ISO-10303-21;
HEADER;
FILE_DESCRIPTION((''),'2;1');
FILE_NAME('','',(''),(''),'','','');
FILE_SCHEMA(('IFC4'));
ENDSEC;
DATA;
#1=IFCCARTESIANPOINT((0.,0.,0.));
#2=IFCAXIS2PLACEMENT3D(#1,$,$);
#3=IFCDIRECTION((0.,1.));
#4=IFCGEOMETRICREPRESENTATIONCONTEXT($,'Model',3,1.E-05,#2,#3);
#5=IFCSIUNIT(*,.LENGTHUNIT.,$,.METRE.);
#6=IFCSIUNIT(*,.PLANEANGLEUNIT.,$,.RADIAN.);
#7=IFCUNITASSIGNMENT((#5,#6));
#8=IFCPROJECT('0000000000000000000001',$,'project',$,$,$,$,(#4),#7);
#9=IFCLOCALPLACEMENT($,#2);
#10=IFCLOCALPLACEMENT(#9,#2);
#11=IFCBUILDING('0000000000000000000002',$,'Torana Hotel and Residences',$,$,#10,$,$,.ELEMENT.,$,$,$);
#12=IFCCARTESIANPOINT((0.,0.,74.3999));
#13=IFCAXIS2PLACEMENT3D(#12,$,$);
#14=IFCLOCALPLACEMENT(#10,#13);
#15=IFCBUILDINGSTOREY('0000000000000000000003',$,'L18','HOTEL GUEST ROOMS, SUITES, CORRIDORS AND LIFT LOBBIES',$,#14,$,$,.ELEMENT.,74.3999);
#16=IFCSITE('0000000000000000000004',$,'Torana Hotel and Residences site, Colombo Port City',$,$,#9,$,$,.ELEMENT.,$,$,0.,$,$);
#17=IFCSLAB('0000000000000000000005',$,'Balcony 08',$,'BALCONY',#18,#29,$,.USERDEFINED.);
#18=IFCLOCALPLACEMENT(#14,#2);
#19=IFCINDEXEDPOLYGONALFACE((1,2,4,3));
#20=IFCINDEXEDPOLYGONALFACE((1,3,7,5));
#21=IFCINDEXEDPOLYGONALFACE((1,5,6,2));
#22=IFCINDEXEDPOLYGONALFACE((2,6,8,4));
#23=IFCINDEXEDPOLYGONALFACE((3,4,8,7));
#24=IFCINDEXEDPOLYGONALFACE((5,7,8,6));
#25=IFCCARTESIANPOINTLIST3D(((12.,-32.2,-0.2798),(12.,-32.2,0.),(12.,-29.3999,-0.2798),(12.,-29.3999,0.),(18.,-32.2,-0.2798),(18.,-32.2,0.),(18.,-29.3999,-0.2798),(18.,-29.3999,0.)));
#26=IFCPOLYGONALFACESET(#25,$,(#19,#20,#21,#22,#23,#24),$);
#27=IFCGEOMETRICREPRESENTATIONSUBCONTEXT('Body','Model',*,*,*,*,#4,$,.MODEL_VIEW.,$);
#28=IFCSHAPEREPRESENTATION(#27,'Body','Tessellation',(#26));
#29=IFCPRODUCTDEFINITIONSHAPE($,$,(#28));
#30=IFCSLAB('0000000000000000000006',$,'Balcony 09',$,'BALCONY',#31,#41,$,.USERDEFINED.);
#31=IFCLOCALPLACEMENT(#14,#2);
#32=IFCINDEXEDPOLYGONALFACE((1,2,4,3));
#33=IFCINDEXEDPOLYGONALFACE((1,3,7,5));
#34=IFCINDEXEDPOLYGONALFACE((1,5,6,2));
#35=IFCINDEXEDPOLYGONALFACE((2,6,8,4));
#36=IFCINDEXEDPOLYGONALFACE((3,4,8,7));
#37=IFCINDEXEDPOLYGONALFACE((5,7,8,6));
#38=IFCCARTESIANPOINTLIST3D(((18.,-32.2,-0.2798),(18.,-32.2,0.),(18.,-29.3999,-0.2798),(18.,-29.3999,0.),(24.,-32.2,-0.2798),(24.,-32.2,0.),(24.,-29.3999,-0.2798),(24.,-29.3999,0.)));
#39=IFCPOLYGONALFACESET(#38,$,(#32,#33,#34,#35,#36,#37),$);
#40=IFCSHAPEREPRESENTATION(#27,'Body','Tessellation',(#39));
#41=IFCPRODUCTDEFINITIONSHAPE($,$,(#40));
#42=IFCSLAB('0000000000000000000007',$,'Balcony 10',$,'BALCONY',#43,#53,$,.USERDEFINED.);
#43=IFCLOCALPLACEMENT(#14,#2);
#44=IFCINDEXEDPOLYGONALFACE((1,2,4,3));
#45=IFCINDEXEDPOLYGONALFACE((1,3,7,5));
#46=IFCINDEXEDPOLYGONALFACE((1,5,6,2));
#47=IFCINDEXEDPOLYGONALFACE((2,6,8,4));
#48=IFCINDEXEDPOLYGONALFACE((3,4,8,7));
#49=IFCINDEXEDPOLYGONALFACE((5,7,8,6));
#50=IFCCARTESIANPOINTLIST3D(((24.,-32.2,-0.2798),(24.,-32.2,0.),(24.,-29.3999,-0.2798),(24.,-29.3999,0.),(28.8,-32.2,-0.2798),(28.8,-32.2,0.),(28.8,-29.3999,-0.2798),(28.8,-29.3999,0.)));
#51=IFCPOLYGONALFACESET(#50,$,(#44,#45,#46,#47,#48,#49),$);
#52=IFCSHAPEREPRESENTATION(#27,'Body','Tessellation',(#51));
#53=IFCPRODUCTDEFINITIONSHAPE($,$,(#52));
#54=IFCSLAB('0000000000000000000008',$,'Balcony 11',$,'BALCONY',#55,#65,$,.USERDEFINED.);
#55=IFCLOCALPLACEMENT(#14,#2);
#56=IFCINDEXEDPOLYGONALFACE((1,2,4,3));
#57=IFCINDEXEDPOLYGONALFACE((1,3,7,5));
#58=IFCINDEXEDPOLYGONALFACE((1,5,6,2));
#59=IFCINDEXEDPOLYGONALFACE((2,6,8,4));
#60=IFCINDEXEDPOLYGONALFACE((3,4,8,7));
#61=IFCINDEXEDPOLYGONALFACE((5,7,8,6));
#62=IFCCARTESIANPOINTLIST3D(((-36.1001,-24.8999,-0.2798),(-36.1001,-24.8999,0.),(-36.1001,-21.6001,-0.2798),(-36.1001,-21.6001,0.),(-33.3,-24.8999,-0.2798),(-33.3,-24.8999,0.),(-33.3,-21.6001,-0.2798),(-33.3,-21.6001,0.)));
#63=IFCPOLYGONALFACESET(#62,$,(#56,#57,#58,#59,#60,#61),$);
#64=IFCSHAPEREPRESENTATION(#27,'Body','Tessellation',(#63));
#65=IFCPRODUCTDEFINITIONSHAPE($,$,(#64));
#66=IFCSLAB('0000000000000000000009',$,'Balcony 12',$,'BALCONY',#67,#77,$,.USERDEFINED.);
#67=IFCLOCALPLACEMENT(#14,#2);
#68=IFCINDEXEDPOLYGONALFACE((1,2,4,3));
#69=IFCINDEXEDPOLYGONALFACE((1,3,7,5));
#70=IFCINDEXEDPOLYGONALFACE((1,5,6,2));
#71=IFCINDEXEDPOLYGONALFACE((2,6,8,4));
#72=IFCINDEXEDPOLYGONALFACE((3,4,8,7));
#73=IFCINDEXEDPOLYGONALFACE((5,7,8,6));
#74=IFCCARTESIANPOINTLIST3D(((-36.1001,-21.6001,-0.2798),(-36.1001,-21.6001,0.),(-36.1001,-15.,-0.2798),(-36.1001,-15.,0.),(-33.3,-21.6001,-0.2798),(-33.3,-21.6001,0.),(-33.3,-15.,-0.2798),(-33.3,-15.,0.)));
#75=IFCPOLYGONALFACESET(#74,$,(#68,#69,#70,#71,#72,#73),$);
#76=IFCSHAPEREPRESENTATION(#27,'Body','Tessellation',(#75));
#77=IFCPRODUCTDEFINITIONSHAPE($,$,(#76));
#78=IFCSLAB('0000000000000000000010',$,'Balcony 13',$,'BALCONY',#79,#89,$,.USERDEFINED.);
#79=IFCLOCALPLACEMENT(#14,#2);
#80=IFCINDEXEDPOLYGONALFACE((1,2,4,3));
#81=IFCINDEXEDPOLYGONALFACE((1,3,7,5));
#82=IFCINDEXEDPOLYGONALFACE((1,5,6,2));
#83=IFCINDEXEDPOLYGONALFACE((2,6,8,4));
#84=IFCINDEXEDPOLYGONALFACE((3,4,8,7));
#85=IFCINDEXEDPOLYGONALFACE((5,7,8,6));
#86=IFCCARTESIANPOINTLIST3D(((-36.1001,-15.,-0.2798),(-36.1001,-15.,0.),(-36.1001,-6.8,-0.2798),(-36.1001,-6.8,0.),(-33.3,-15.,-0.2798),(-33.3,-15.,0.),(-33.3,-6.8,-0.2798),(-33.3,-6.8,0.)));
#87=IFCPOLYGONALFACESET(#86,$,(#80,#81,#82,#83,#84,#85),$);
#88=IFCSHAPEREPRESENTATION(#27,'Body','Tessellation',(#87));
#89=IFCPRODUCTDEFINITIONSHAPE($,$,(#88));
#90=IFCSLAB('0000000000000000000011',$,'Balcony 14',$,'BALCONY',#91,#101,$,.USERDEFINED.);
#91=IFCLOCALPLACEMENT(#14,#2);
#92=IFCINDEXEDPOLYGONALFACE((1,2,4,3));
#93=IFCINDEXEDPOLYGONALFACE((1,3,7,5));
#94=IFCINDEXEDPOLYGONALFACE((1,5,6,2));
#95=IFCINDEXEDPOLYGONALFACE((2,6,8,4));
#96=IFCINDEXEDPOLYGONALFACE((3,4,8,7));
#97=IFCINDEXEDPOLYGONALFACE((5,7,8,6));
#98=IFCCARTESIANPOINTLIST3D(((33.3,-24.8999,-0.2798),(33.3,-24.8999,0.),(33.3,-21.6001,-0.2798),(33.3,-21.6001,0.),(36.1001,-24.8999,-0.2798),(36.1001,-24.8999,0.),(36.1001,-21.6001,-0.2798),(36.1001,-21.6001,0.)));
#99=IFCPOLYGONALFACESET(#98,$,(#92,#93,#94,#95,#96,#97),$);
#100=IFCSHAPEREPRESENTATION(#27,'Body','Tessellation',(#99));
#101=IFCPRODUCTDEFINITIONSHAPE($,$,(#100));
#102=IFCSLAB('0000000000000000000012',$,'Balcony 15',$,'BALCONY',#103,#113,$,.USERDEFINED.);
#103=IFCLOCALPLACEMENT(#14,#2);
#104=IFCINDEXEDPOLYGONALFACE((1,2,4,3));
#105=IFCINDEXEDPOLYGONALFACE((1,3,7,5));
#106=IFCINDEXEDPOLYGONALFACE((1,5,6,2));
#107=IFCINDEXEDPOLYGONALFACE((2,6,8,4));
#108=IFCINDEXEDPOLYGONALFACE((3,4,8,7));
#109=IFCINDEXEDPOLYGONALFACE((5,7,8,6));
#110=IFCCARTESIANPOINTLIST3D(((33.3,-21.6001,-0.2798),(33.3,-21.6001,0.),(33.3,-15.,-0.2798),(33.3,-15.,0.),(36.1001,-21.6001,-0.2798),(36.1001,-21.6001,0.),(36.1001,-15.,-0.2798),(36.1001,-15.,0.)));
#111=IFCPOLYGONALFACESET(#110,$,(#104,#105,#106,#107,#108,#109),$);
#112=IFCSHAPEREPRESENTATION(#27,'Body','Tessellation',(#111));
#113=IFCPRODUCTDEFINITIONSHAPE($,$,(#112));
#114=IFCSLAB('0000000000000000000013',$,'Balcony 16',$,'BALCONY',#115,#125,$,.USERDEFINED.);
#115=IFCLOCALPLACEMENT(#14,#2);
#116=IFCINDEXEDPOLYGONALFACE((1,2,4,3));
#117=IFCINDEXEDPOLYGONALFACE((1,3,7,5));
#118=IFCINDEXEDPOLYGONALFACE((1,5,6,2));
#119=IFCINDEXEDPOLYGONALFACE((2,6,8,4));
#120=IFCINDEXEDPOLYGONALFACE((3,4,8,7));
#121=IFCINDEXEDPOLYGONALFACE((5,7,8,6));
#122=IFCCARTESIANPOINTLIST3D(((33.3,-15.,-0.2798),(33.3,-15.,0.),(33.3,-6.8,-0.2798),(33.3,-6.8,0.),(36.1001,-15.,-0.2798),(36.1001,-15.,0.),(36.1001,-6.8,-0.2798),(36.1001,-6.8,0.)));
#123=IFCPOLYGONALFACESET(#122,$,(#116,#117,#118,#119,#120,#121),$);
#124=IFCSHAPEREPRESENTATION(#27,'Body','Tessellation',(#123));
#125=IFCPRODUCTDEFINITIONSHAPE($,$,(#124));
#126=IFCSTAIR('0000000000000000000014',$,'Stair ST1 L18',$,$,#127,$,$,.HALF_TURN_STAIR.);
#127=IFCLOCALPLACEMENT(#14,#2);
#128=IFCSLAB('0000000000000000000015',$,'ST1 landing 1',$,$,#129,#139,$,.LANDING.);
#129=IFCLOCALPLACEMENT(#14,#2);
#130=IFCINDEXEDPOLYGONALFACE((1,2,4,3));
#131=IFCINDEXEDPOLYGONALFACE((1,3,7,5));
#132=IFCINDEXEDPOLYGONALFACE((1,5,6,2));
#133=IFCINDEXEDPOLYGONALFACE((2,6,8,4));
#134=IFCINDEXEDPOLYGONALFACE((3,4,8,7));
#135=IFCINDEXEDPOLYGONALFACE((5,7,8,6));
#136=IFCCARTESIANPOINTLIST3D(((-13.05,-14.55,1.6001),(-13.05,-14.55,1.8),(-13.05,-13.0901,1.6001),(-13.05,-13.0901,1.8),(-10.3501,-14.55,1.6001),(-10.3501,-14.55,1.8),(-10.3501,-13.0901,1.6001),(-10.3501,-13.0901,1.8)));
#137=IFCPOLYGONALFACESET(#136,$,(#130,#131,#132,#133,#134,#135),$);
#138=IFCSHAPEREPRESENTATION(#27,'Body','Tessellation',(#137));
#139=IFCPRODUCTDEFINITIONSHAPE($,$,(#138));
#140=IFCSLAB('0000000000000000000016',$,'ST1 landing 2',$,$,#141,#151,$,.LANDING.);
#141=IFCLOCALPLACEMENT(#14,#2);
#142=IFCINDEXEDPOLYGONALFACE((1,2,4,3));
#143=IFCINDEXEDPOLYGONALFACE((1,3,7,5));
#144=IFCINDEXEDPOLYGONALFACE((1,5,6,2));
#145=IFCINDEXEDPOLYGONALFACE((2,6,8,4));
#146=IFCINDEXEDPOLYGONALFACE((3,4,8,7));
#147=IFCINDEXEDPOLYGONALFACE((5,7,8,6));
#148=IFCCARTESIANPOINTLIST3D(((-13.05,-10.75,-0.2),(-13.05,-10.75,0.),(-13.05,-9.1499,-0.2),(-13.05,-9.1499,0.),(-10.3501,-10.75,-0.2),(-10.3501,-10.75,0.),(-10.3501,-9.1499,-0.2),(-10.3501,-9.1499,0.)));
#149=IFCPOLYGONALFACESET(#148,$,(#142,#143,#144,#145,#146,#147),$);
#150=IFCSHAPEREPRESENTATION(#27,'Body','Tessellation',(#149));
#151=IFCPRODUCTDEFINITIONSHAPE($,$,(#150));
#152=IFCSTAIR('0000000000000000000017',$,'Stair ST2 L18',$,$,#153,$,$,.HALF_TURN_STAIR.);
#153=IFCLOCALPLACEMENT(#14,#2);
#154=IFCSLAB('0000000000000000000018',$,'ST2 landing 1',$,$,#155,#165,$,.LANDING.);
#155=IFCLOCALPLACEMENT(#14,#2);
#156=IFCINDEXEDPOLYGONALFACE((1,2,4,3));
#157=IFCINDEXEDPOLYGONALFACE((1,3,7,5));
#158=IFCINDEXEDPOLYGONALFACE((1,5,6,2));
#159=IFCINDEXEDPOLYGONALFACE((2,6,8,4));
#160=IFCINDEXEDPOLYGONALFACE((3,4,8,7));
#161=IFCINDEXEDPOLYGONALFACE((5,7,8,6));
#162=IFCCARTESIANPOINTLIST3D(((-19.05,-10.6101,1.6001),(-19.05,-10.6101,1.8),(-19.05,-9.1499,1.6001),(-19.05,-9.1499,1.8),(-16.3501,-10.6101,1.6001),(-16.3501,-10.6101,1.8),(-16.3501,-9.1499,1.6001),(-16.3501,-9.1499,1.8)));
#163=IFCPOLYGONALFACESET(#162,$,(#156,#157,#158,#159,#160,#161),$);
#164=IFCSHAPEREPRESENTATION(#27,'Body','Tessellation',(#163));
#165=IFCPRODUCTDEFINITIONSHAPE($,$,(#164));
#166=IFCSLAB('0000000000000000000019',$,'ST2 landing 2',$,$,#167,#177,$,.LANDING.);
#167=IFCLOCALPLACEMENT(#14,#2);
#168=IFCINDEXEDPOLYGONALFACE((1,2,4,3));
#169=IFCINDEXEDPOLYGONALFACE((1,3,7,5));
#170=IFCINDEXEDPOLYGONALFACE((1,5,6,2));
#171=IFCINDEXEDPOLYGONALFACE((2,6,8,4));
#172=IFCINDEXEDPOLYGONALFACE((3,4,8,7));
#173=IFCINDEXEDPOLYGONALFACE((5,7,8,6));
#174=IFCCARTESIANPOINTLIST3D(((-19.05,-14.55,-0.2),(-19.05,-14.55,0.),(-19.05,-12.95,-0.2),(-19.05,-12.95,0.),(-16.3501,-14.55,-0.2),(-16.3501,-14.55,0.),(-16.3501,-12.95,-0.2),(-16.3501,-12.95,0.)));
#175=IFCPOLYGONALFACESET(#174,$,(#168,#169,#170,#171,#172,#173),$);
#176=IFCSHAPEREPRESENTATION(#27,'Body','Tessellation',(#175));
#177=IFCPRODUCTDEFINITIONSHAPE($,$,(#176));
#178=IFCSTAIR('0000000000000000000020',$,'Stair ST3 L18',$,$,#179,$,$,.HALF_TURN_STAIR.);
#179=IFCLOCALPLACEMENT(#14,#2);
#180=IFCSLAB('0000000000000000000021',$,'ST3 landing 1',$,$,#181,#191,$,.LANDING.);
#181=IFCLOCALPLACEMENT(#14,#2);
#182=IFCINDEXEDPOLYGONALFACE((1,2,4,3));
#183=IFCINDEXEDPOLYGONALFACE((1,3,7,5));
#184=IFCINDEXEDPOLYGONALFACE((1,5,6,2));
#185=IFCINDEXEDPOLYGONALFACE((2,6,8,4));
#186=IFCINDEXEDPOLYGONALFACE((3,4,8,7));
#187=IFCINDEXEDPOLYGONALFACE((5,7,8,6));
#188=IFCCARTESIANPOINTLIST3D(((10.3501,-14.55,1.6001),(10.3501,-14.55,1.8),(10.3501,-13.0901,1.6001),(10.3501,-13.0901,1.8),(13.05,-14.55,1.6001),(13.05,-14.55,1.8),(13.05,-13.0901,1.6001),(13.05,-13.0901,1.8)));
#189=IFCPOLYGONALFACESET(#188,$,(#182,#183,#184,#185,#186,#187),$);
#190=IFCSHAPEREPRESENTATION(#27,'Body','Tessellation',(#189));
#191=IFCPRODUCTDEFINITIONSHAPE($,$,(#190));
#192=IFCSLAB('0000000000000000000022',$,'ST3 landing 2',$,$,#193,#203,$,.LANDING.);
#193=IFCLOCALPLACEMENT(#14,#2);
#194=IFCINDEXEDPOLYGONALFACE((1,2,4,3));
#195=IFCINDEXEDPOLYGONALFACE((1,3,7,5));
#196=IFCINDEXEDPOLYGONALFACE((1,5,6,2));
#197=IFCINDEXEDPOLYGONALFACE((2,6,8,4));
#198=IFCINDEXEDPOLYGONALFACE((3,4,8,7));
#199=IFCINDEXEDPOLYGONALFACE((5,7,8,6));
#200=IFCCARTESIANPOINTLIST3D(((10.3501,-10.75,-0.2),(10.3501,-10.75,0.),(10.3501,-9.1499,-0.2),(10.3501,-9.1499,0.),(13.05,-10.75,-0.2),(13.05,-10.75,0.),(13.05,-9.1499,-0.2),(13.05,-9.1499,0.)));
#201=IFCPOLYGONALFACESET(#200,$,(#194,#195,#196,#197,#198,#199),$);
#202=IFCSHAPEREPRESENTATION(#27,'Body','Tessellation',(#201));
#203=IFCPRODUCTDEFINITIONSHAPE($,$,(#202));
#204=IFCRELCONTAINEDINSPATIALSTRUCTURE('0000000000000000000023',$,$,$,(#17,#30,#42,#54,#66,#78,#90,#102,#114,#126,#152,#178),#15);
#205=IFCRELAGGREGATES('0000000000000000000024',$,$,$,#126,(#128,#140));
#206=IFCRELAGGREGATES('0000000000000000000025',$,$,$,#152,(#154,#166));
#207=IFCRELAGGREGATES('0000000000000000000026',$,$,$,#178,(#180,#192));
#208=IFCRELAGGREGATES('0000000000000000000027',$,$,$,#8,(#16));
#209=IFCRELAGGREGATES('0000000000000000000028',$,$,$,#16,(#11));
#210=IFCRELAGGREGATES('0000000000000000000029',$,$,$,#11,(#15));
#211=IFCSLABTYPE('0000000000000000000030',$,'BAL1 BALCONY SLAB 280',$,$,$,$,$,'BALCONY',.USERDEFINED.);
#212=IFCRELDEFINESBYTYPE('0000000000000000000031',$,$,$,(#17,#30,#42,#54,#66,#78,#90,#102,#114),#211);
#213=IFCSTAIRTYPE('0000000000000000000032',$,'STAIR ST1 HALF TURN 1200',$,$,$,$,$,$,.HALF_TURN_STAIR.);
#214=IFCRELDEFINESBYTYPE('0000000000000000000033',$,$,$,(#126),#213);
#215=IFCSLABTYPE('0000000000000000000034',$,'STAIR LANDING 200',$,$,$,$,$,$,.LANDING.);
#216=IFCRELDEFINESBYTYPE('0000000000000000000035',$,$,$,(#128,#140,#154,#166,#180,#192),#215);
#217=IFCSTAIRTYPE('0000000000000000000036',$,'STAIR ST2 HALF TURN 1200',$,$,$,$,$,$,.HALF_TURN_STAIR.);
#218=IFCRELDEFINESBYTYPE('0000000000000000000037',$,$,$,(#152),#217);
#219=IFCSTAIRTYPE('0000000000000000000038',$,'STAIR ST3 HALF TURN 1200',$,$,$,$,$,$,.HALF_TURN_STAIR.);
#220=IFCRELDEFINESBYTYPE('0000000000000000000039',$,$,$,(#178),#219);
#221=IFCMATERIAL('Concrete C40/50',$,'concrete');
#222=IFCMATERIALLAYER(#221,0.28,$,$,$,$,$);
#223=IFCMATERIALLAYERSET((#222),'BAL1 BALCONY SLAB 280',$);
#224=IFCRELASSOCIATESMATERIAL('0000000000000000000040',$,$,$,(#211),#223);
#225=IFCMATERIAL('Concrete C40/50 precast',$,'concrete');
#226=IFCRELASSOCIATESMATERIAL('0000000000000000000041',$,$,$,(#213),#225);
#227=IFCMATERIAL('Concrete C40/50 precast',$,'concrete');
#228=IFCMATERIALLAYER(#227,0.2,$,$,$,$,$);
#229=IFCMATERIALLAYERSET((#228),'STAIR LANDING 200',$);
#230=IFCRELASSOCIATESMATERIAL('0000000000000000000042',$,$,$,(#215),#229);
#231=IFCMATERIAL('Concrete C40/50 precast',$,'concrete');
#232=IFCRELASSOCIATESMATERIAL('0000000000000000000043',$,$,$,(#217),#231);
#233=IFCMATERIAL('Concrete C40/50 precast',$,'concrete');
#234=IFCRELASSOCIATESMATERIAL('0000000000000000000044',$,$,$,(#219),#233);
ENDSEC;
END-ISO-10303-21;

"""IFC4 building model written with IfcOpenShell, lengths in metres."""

from ifc_helpers import new_model, si_unit, direction, frame, origin, place, context, subcontext, project, spatial, polyline, outline, extrude, material, layer, layer_set, type_object, element, aggregate, save


model = new_model("IFC4")

# Units and contexts
model_context = context("Model", 3, precision=1e-05, world=origin(), true_north=direction((0.0, 1.0)))
body_context = subcontext(model_context, "Body", "Model", "MODEL_VIEW")
ifc_project = project(units=[si_unit("LENGTHUNIT", "METRE"), si_unit("PLANEANGLEUNIT", "RADIAN")], contexts=[model_context])

# Site, building, storey
site_placement = place(None, origin())
site = spatial("IfcSite", under=ifc_project, at=site_placement, Name="Torana Hotel and Residences site, Colombo Port City", CompositionType="ELEMENT", RefElevation=0.0)
building_placement = place(site_placement, origin())
building = spatial("IfcBuilding", under=site, at=building_placement, Name="Torana Hotel and Residences", CompositionType="ELEMENT")
storey_placement = place(building_placement, frame((0.0, 0.0, 74.3999)))
storey = spatial("IfcBuildingStorey", under=building, at=storey_placement, Name="L18", Description="HOTEL GUEST ROOMS, SUITES, CORRIDORS AND LIFT LOBBIES", CompositionType="ELEMENT", Elevation=74.3999)

# Slabs
ifc_material_1 = material(Name="Concrete C40/50", Category="concrete")
ifc_layer_1 = layer(ifc_material_1, 0.28)
ifc_layer_set_1 = layer_set([ifc_layer_1], Name="BAL1 BALCONY SLAB 280")
slab_type_1 = type_object("IfcSlabType", Name="BAL1 BALCONY SLAB 280", ElementType="BALCONY", PredefinedType="USERDEFINED", material=ifc_layer_set_1)
slab_1_placement = place(storey_placement, frame((0.0, 0.0, -0.2798)))
element("IfcSlab", 1, at=slab_1_placement, inside=storey, type_object=slab_type_1, Name="Balcony 08", ObjectType="BALCONY", PredefinedType="USERDEFINED", context=body_context, shape_type="SweptSolid", body=[
    extrude(outline(polyline([(12.0, -32.2), (18.0, -32.2), (18.0, -29.3999), (12.0, -29.3999), (12.0, -32.2)])), origin(), (0.0, 0.0, 1.0), 0.2798),
])
slab_2_placement = place(storey_placement, frame((0.0, 0.0, -0.2798)))
element("IfcSlab", 2, at=slab_2_placement, inside=storey, type_object=slab_type_1, Name="Balcony 09", ObjectType="BALCONY", PredefinedType="USERDEFINED", context=body_context, shape_type="SweptSolid", body=[
    extrude(outline(polyline([(18.0, -32.2), (24.0, -32.2), (24.0, -29.3999), (18.0, -29.3999), (18.0, -32.2)])), origin(), (0.0, 0.0, 1.0), 0.2798),
])
slab_3_placement = place(storey_placement, frame((0.0, 0.0, -0.2798)))
element("IfcSlab", 3, at=slab_3_placement, inside=storey, type_object=slab_type_1, Name="Balcony 10", ObjectType="BALCONY", PredefinedType="USERDEFINED", context=body_context, shape_type="SweptSolid", body=[
    extrude(outline(polyline([(24.0, -32.2), (28.8, -32.2), (28.8, -29.3999), (24.0, -29.3999), (24.0, -32.2)])), origin(), (0.0, 0.0, 1.0), 0.2798),
])
slab_4_placement = place(storey_placement, frame((0.0, 0.0, -0.2798)))
element("IfcSlab", 4, at=slab_4_placement, inside=storey, type_object=slab_type_1, Name="Balcony 11", ObjectType="BALCONY", PredefinedType="USERDEFINED", context=body_context, shape_type="SweptSolid", body=[
    extrude(outline(polyline([(-36.1001, -24.8999), (-33.3, -24.8999), (-33.3, -21.6001), (-36.1001, -21.6001), (-36.1001, -24.8999)])), origin(), (0.0, 0.0, 1.0), 0.2798),
])
slab_5_placement = place(storey_placement, frame((0.0, 0.0, -0.2798)))
element("IfcSlab", 5, at=slab_5_placement, inside=storey, type_object=slab_type_1, Name="Balcony 12", ObjectType="BALCONY", PredefinedType="USERDEFINED", context=body_context, shape_type="SweptSolid", body=[
    extrude(outline(polyline([(-36.1001, -21.6001), (-33.3, -21.6001), (-33.3, -15.0), (-36.1001, -15.0), (-36.1001, -21.6001)])), origin(), (0.0, 0.0, 1.0), 0.2798),
])
slab_6_placement = place(storey_placement, frame((0.0, 0.0, -0.2798)))
element("IfcSlab", 6, at=slab_6_placement, inside=storey, type_object=slab_type_1, Name="Balcony 13", ObjectType="BALCONY", PredefinedType="USERDEFINED", context=body_context, shape_type="SweptSolid", body=[
    extrude(outline(polyline([(-36.1001, -15.0), (-33.3, -15.0), (-33.3, -6.8), (-36.1001, -6.8), (-36.1001, -15.0)])), origin(), (0.0, 0.0, 1.0), 0.2798),
])
slab_7_placement = place(storey_placement, frame((0.0, 0.0, -0.2798)))
element("IfcSlab", 7, at=slab_7_placement, inside=storey, type_object=slab_type_1, Name="Balcony 14", ObjectType="BALCONY", PredefinedType="USERDEFINED", context=body_context, shape_type="SweptSolid", body=[
    extrude(outline(polyline([(33.3, -24.8999), (36.1001, -24.8999), (36.1001, -21.6001), (33.3, -21.6001), (33.3, -24.8999)])), origin(), (0.0, 0.0, 1.0), 0.2798),
])
slab_8_placement = place(storey_placement, frame((0.0, 0.0, -0.2798)))
element("IfcSlab", 8, at=slab_8_placement, inside=storey, type_object=slab_type_1, Name="Balcony 15", ObjectType="BALCONY", PredefinedType="USERDEFINED", context=body_context, shape_type="SweptSolid", body=[
    extrude(outline(polyline([(33.3, -21.6001), (36.1001, -21.6001), (36.1001, -15.0), (33.3, -15.0), (33.3, -21.6001)])), origin(), (0.0, 0.0, 1.0), 0.2798),
])
slab_9_placement = place(storey_placement, frame((0.0, 0.0, -0.2798)))
element("IfcSlab", 9, at=slab_9_placement, inside=storey, type_object=slab_type_1, Name="Balcony 16", ObjectType="BALCONY", PredefinedType="USERDEFINED", context=body_context, shape_type="SweptSolid", body=[
    extrude(outline(polyline([(33.3, -15.0), (36.1001, -15.0), (36.1001, -6.8), (33.3, -6.8), (33.3, -15.0)])), origin(), (0.0, 0.0, 1.0), 0.2798),
])

# Stairs, slabs
ifc_material_2 = material(Name="Concrete C40/50 precast", Category="concrete")
stair_type_1 = type_object("IfcStairType", Name="STAIR ST1 HALF TURN 1200", PredefinedType="HALF_TURN_STAIR", material=ifc_material_2)
stair_1_placement = place(storey_placement, origin())
stair_1 = element("IfcStair", 10, at=stair_1_placement, inside=storey, type_object=stair_type_1, Name="Stair ST1 L18", PredefinedType="HALF_TURN_STAIR")
ifc_material_3 = material(Name="Concrete C40/50 precast", Category="concrete")
ifc_layer_2 = layer(ifc_material_3, 0.2)
ifc_layer_set_2 = layer_set([ifc_layer_2], Name="STAIR LANDING 200")
slab_type_2 = type_object("IfcSlabType", Name="STAIR LANDING 200", PredefinedType="LANDING", material=ifc_layer_set_2)
slab_10_placement = place(storey_placement, frame((0.0, 0.0, 1.6001)))
slab_10 = element("IfcSlab", 11, at=slab_10_placement, type_object=slab_type_2, Name="ST1 landing 1", PredefinedType="LANDING", context=body_context, shape_type="SweptSolid", body=[
    extrude(outline(polyline([(-13.05, -14.55), (-10.3501, -14.55), (-10.3501, -13.0901), (-13.05, -13.0901), (-13.05, -14.55)])), origin(), (0.0, 0.0, 1.0), 0.2),
])
slab_11_placement = place(storey_placement, frame((0.0, 0.0, -0.2)))
slab_11 = element("IfcSlab", 12, at=slab_11_placement, type_object=slab_type_2, Name="ST1 landing 2", PredefinedType="LANDING", context=body_context, shape_type="SweptSolid", body=[
    extrude(outline(polyline([(-13.05, -10.75), (-10.3501, -10.75), (-10.3501, -9.1499), (-13.05, -9.1499), (-13.05, -10.75)])), origin(), (0.0, 0.0, 1.0), 0.2),
])
aggregate(stair_1, [slab_10, slab_11])
ifc_material_4 = material(Name="Concrete C40/50 precast", Category="concrete")
stair_type_2 = type_object("IfcStairType", Name="STAIR ST2 HALF TURN 1200", PredefinedType="HALF_TURN_STAIR", material=ifc_material_4)
stair_2_placement = place(storey_placement, origin())
stair_2 = element("IfcStair", 13, at=stair_2_placement, inside=storey, type_object=stair_type_2, Name="Stair ST2 L18", PredefinedType="HALF_TURN_STAIR")
slab_12_placement = place(storey_placement, frame((0.0, 0.0, 1.6001)))
slab_12 = element("IfcSlab", 14, at=slab_12_placement, type_object=slab_type_2, Name="ST2 landing 1", PredefinedType="LANDING", context=body_context, shape_type="SweptSolid", body=[
    extrude(outline(polyline([(-19.05, -10.6101), (-16.3501, -10.6101), (-16.3501, -9.1499), (-19.05, -9.1499), (-19.05, -10.6101)])), origin(), (0.0, 0.0, 1.0), 0.2),
])
slab_13_placement = place(storey_placement, frame((0.0, 0.0, -0.2)))
slab_13 = element("IfcSlab", 15, at=slab_13_placement, type_object=slab_type_2, Name="ST2 landing 2", PredefinedType="LANDING", context=body_context, shape_type="SweptSolid", body=[
    extrude(outline(polyline([(-19.05, -14.55), (-16.3501, -14.55), (-16.3501, -12.95), (-19.05, -12.95), (-19.05, -14.55)])), origin(), (0.0, 0.0, 1.0), 0.2),
])
aggregate(stair_2, [slab_12, slab_13])
ifc_material_5 = material(Name="Concrete C40/50 precast", Category="concrete")
stair_type_3 = type_object("IfcStairType", Name="STAIR ST3 HALF TURN 1200", PredefinedType="HALF_TURN_STAIR", material=ifc_material_5)
stair_3_placement = place(storey_placement, origin())
stair_3 = element("IfcStair", 16, at=stair_3_placement, inside=storey, type_object=stair_type_3, Name="Stair ST3 L18", PredefinedType="HALF_TURN_STAIR")
slab_14_placement = place(storey_placement, frame((0.0, 0.0, 1.6001)))
slab_14 = element("IfcSlab", 17, at=slab_14_placement, type_object=slab_type_2, Name="ST3 landing 1", PredefinedType="LANDING", context=body_context, shape_type="SweptSolid", body=[
    extrude(outline(polyline([(10.3501, -14.55), (13.05, -14.55), (13.05, -13.0901), (10.3501, -13.0901), (10.3501, -14.55)])), origin(), (0.0, 0.0, 1.0), 0.2),
])
slab_15_placement = place(storey_placement, frame((0.0, 0.0, -0.2)))
slab_15 = element("IfcSlab", 18, at=slab_15_placement, type_object=slab_type_2, Name="ST3 landing 2", PredefinedType="LANDING", context=body_context, shape_type="SweptSolid", body=[
    extrude(outline(polyline([(10.3501, -10.75), (13.05, -10.75), (13.05, -9.1499), (10.3501, -9.1499), (10.3501, -10.75)])), origin(), (0.0, 0.0, 1.0), 0.2),
])
aggregate(stair_3, [slab_14, slab_15])

save(model, "model.ifc")
